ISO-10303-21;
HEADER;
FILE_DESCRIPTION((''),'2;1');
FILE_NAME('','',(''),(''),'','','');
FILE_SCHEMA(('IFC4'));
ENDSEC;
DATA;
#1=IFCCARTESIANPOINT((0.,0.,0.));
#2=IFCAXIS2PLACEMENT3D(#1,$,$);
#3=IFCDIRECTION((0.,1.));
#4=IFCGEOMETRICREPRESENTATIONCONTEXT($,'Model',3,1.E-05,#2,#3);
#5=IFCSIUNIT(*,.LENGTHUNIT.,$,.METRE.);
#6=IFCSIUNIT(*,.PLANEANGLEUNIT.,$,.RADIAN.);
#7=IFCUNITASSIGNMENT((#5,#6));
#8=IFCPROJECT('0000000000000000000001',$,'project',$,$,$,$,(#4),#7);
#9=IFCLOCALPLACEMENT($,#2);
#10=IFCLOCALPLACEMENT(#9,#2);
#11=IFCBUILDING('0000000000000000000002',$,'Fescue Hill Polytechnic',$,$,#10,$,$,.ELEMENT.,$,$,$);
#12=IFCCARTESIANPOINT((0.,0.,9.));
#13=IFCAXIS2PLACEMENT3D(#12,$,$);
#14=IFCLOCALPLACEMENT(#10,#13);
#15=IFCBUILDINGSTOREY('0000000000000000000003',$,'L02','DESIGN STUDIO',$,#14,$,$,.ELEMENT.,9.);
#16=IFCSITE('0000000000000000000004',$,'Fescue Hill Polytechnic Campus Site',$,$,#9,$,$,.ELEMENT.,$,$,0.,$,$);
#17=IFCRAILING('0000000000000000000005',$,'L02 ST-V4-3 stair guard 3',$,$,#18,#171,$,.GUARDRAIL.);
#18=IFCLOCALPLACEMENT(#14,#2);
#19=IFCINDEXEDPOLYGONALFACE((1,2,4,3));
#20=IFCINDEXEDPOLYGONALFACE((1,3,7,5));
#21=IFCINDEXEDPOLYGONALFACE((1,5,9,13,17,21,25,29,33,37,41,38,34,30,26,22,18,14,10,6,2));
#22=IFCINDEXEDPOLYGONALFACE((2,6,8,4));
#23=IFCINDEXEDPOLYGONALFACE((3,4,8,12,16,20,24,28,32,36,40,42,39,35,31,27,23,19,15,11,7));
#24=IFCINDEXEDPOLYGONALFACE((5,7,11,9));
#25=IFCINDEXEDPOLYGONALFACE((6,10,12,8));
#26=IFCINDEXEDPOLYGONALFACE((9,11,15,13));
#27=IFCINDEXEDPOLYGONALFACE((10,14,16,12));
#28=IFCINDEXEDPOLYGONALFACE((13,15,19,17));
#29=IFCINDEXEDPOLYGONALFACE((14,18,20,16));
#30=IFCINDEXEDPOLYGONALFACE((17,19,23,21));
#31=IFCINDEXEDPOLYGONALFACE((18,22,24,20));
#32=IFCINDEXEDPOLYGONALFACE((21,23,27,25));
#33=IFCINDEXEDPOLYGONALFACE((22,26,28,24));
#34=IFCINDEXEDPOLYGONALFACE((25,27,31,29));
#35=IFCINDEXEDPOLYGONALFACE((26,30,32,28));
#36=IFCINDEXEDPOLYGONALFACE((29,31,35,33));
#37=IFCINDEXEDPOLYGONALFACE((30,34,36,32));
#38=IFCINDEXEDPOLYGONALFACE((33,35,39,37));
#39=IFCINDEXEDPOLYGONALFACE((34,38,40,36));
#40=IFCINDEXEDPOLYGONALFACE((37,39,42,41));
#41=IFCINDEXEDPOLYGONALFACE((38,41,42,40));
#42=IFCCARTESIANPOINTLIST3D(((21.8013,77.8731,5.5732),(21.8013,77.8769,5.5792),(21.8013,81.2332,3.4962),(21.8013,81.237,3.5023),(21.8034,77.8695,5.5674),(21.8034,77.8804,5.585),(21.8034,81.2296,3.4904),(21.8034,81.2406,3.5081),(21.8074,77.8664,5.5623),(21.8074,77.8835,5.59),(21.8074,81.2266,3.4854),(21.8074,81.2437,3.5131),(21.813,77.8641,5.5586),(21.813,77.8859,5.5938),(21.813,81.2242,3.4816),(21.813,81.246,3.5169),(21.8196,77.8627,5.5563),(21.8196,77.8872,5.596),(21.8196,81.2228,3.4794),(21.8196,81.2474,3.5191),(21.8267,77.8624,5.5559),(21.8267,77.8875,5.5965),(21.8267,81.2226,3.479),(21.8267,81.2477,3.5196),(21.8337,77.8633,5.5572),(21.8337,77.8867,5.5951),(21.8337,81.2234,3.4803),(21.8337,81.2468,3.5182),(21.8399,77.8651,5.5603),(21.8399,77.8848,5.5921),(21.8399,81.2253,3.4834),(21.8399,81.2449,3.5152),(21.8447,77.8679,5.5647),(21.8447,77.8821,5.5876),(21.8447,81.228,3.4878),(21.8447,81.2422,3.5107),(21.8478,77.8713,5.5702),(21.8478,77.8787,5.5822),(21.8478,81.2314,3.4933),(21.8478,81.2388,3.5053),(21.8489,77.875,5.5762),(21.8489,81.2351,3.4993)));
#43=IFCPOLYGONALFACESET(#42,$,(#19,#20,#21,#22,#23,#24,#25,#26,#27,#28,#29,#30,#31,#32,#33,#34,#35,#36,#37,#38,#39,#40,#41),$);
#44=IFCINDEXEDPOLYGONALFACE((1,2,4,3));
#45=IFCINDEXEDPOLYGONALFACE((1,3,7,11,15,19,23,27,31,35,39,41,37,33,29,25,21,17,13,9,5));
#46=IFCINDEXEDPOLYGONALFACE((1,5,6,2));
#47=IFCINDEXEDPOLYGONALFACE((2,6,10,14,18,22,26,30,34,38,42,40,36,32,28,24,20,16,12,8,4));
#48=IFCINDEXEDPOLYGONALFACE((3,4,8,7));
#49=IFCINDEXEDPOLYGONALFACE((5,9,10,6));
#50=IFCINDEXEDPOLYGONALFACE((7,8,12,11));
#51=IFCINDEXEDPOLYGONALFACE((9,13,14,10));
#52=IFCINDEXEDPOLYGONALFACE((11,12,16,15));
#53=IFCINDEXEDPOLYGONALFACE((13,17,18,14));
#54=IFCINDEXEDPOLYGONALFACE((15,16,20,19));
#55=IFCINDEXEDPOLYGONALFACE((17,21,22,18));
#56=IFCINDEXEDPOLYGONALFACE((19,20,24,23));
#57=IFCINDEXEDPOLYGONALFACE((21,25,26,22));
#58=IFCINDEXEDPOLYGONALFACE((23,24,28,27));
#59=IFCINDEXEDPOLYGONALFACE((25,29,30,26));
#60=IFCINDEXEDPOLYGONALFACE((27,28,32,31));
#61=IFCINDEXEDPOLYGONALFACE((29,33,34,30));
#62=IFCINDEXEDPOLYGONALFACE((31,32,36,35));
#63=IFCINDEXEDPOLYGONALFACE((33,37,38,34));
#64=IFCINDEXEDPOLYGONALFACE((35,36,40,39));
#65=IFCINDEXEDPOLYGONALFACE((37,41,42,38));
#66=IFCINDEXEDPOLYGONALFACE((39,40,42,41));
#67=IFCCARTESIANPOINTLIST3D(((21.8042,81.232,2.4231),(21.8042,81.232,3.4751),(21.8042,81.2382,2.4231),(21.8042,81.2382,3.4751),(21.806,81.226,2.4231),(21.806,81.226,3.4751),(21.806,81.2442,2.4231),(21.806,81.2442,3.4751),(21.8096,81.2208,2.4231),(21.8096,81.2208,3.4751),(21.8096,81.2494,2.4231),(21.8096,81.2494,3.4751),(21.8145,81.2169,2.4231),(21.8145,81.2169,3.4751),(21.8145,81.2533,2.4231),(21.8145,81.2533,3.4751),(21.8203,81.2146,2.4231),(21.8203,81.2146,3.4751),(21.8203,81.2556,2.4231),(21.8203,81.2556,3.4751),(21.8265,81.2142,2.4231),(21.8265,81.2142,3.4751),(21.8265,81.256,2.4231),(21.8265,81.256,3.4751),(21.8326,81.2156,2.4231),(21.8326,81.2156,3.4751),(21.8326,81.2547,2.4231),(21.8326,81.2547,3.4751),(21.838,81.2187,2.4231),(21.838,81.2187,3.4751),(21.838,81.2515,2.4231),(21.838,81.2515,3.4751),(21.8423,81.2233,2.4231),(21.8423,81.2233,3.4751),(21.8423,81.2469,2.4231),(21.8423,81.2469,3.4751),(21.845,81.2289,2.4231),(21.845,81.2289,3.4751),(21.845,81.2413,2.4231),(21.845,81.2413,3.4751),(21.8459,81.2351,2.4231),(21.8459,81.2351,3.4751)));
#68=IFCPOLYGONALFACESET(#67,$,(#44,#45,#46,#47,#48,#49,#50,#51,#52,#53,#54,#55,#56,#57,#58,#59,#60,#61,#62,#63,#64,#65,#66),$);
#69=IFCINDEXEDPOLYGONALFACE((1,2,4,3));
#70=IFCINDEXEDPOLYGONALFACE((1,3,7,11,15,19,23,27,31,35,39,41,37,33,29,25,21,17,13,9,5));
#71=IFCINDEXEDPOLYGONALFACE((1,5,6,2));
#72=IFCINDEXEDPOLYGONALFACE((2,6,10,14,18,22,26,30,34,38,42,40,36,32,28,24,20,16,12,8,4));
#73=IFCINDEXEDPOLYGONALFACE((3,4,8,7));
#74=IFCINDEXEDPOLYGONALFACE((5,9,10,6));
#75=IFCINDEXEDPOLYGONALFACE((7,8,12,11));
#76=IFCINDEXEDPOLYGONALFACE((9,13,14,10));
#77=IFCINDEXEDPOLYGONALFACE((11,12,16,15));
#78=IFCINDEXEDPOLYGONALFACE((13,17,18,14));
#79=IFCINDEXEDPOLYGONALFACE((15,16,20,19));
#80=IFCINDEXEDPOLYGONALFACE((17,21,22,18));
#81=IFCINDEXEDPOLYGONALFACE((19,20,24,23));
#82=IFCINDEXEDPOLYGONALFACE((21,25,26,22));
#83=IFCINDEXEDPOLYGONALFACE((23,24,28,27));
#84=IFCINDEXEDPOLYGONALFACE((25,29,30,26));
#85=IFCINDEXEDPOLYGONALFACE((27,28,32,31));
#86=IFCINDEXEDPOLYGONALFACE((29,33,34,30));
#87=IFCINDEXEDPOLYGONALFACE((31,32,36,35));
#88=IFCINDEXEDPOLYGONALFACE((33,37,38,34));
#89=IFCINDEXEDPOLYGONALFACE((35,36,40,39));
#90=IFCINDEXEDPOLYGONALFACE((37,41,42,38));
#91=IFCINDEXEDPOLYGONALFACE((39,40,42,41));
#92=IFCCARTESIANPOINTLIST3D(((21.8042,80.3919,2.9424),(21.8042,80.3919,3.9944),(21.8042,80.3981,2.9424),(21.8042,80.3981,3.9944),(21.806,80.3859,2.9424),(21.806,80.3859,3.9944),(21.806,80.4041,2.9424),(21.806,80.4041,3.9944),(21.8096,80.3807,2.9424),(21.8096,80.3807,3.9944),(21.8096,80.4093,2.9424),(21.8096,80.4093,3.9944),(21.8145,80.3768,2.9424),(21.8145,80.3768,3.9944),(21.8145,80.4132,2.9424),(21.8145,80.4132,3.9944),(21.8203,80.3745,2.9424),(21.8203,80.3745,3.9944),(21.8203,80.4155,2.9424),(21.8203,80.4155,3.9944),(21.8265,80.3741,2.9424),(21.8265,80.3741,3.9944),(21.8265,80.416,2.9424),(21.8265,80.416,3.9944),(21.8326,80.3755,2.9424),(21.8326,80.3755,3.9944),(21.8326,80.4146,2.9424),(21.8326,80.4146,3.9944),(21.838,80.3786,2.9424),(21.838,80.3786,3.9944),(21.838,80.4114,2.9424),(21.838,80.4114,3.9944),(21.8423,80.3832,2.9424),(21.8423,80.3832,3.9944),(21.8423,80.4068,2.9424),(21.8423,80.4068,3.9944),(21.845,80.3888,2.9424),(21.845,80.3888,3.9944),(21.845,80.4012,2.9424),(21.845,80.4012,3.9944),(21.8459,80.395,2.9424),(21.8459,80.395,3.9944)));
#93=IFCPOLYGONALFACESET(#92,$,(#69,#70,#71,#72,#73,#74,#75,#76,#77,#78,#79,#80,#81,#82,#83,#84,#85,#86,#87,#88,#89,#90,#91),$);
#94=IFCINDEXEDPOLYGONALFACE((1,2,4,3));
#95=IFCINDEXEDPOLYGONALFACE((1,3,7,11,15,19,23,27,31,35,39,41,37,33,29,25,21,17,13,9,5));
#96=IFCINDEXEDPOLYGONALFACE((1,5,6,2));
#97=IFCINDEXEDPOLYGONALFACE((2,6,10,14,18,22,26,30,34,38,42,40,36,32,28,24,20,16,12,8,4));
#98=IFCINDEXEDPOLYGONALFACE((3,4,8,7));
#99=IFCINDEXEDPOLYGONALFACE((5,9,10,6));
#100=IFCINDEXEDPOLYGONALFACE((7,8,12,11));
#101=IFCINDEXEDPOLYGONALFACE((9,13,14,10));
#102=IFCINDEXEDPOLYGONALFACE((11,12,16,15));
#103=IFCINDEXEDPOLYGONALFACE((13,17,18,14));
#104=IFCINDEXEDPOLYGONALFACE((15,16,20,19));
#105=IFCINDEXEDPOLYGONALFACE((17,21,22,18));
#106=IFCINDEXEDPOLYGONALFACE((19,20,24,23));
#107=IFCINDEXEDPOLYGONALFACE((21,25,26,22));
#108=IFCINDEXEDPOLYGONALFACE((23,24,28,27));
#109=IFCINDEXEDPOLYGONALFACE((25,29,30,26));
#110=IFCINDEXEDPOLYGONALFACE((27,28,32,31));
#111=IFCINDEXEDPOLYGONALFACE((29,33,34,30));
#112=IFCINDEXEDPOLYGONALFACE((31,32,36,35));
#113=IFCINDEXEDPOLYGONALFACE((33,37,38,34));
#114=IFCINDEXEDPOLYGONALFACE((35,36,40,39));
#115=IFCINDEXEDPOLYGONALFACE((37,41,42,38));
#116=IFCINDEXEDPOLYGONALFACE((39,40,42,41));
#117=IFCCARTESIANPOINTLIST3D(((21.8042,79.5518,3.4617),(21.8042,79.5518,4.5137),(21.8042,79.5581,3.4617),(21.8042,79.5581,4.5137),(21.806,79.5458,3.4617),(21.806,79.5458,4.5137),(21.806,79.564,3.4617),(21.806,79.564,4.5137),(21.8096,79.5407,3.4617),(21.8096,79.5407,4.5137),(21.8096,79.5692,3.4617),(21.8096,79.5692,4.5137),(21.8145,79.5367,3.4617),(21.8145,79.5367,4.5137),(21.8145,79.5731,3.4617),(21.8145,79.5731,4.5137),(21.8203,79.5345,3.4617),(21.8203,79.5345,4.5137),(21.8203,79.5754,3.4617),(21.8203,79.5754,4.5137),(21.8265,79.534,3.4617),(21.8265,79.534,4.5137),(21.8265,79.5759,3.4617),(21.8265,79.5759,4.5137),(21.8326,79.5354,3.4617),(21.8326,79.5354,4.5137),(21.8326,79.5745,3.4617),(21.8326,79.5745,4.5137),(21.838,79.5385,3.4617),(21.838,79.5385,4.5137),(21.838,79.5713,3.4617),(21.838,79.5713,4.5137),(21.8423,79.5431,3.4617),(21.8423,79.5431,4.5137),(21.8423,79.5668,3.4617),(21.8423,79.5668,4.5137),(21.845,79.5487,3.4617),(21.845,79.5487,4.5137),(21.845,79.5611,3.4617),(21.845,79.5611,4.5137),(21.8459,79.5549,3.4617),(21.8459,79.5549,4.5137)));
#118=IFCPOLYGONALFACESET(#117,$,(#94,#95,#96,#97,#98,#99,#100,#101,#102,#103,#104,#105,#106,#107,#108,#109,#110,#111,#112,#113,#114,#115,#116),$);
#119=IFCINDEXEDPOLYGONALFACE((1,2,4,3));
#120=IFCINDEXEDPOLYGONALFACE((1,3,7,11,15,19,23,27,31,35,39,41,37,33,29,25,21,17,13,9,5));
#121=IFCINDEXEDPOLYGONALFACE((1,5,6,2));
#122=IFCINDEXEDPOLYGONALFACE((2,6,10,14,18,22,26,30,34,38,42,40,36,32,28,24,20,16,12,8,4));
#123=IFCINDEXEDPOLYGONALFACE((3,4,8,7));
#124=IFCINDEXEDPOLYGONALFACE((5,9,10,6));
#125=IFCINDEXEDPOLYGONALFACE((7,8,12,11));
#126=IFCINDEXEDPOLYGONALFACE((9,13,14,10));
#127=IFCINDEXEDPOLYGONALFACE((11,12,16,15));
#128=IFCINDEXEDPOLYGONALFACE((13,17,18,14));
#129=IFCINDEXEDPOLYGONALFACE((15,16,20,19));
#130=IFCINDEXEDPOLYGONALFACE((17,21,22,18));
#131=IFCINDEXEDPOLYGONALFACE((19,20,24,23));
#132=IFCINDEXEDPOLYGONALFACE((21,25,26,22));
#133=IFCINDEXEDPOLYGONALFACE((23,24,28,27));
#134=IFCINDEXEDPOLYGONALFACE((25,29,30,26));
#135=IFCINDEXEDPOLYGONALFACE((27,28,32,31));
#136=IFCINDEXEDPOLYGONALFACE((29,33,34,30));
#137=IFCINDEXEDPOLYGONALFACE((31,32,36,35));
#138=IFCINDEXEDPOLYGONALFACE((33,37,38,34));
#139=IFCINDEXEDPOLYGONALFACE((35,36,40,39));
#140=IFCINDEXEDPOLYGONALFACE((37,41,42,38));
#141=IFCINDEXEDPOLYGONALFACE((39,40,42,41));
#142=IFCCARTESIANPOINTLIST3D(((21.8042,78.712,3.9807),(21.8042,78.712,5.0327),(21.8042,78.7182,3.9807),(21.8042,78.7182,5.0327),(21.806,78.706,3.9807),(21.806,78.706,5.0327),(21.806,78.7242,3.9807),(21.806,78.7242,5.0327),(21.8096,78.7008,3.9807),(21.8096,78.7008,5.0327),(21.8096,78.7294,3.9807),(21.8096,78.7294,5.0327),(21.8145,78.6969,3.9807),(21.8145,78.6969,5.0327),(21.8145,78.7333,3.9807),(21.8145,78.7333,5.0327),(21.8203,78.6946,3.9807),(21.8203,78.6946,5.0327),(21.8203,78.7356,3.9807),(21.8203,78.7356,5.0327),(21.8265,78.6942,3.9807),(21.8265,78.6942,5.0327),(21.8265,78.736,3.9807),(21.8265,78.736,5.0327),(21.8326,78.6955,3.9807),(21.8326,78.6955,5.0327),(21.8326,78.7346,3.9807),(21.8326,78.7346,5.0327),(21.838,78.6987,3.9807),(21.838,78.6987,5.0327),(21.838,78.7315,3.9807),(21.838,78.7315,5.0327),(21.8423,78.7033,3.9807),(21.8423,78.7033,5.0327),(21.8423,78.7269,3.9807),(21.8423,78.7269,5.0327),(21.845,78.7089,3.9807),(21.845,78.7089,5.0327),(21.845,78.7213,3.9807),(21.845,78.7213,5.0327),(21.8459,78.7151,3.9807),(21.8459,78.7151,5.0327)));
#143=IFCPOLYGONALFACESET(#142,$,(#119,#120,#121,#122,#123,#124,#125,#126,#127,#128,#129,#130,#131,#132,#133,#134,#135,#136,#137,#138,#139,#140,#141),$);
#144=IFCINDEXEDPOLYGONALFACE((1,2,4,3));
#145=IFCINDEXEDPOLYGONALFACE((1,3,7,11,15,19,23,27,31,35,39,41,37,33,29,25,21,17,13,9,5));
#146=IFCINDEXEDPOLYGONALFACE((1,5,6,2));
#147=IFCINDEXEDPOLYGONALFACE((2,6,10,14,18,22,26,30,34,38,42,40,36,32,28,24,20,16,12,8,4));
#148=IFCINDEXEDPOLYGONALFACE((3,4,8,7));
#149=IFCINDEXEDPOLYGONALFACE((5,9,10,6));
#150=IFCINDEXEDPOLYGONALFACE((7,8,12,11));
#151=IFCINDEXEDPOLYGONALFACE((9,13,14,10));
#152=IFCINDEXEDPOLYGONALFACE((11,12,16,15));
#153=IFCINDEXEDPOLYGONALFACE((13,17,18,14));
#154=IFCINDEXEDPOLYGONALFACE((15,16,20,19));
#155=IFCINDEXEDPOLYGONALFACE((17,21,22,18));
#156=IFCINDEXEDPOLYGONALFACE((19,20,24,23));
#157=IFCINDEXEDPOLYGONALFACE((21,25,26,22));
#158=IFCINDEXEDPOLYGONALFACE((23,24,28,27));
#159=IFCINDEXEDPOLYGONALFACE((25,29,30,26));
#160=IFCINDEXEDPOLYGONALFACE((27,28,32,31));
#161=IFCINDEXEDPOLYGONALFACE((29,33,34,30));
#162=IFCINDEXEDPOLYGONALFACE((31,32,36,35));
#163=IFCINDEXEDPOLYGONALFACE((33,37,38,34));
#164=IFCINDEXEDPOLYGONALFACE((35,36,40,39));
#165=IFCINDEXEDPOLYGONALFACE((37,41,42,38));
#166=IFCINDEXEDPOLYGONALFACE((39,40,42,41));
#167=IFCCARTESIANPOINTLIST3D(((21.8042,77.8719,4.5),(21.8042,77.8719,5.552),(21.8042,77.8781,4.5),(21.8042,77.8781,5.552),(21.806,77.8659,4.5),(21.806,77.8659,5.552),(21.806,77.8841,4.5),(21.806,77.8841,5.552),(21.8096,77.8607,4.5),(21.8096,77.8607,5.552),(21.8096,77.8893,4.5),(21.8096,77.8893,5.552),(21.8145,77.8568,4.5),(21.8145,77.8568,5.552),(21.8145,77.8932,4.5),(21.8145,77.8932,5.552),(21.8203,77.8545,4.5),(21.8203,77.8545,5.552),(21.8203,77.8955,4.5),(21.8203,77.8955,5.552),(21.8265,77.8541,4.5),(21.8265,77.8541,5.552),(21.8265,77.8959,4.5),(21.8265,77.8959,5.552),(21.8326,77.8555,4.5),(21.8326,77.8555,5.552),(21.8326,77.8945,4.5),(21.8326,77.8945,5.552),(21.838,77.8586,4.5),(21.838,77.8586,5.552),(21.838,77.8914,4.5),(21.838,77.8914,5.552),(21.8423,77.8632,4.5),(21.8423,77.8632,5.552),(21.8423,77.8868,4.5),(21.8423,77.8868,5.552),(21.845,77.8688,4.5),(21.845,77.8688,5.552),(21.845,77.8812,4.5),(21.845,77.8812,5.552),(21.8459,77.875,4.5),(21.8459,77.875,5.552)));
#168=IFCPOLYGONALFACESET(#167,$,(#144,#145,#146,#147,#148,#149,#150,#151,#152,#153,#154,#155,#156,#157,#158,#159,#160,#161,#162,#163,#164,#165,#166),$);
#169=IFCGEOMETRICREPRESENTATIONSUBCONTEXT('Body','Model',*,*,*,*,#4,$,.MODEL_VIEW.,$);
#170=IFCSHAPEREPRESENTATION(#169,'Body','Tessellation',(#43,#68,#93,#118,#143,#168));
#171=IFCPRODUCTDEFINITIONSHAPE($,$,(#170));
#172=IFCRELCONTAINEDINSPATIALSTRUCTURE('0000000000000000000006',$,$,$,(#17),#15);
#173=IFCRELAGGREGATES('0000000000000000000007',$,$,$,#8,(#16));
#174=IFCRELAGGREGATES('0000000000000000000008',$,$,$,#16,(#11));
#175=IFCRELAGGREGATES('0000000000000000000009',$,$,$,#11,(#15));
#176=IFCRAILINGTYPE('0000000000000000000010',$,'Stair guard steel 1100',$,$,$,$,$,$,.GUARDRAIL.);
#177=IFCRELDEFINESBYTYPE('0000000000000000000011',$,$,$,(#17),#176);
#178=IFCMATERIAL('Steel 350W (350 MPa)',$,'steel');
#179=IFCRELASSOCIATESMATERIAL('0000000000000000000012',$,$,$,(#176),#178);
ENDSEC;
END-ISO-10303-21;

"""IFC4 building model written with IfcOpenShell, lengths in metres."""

from ifc_helpers import new_model, si_unit, direction, frame, origin, origin_2d, place, context, subcontext, project, spatial, circle, extrude, material, type_object, element, save


model = new_model("IFC4")

# Units and contexts
model_context = context("Model", 3, precision=1e-05, world=origin(), true_north=direction((0.0, 1.0)))
body_context = subcontext(model_context, "Body", "Model", "MODEL_VIEW")
ifc_project = project(units=[si_unit("LENGTHUNIT", "METRE"), si_unit("PLANEANGLEUNIT", "RADIAN")], contexts=[model_context])

# Site, building, storey
site_placement = place(None, origin())
site = spatial("IfcSite", under=ifc_project, at=site_placement, Name="Fescue Hill Polytechnic Campus Site", CompositionType="ELEMENT", RefElevation=0.0)
building_placement = place(site_placement, origin())
building = spatial("IfcBuilding", under=site, at=building_placement, Name="Fescue Hill Polytechnic", CompositionType="ELEMENT")
storey_placement = place(building_placement, frame((0.0, 0.0, 9.0)))
storey = spatial("IfcBuildingStorey", under=building, at=storey_placement, Name="L02", Description="DESIGN STUDIO", CompositionType="ELEMENT", Elevation=9.0)

# Railing
ifc_material_1 = material(Name="Steel 350W (350 MPa)", Category="steel")
railing_type_1 = type_object("IfcRailingType", Name="Stair guard steel 1100", PredefinedType="GUARDRAIL", material=ifc_material_1)
railing_1_placement = place(storey_placement, frame((21.825, 81.2351, 2.4231)))
element("IfcRailing", 1, at=railing_1_placement, inside=storey, type_object=railing_type_1, Name="L02 ST-V4-3 stair guard 3", PredefinedType="GUARDRAIL", context=body_context, shape_type="SweptSolid", body=[
    extrude(circle(Radius=0.0239, at=origin_2d()), frame((0.0, 0.0, 1.0762), z_axis=(0.0, -0.850623, 0.525776), x_axis=(1.0, 0.0, 0.0)), (0.0, 0.0, 1.0), 3.9502),
    extrude(circle(Radius=0.021, at=origin_2d()), origin(), (0.0, 0.0, 1.0), 1.052),
    extrude(circle(Radius=0.021, at=origin_2d()), frame((0.0, -0.8401, 0.5193)), (0.0, 0.0, 1.0), 1.052),
    extrude(circle(Radius=0.021, at=origin_2d()), frame((0.0, -1.6802, 1.0386)), (0.0, 0.0, 1.0), 1.052),
    extrude(circle(Radius=0.021, at=origin_2d()), frame((0.0, -2.52, 1.5576)), (0.0, 0.0, 1.0), 1.052),
    extrude(circle(Radius=0.021, at=origin_2d()), frame((0.0, -3.3601, 2.0769)), (0.0, 0.0, 1.0), 1.052),
])

save(model, "model.ifc")
